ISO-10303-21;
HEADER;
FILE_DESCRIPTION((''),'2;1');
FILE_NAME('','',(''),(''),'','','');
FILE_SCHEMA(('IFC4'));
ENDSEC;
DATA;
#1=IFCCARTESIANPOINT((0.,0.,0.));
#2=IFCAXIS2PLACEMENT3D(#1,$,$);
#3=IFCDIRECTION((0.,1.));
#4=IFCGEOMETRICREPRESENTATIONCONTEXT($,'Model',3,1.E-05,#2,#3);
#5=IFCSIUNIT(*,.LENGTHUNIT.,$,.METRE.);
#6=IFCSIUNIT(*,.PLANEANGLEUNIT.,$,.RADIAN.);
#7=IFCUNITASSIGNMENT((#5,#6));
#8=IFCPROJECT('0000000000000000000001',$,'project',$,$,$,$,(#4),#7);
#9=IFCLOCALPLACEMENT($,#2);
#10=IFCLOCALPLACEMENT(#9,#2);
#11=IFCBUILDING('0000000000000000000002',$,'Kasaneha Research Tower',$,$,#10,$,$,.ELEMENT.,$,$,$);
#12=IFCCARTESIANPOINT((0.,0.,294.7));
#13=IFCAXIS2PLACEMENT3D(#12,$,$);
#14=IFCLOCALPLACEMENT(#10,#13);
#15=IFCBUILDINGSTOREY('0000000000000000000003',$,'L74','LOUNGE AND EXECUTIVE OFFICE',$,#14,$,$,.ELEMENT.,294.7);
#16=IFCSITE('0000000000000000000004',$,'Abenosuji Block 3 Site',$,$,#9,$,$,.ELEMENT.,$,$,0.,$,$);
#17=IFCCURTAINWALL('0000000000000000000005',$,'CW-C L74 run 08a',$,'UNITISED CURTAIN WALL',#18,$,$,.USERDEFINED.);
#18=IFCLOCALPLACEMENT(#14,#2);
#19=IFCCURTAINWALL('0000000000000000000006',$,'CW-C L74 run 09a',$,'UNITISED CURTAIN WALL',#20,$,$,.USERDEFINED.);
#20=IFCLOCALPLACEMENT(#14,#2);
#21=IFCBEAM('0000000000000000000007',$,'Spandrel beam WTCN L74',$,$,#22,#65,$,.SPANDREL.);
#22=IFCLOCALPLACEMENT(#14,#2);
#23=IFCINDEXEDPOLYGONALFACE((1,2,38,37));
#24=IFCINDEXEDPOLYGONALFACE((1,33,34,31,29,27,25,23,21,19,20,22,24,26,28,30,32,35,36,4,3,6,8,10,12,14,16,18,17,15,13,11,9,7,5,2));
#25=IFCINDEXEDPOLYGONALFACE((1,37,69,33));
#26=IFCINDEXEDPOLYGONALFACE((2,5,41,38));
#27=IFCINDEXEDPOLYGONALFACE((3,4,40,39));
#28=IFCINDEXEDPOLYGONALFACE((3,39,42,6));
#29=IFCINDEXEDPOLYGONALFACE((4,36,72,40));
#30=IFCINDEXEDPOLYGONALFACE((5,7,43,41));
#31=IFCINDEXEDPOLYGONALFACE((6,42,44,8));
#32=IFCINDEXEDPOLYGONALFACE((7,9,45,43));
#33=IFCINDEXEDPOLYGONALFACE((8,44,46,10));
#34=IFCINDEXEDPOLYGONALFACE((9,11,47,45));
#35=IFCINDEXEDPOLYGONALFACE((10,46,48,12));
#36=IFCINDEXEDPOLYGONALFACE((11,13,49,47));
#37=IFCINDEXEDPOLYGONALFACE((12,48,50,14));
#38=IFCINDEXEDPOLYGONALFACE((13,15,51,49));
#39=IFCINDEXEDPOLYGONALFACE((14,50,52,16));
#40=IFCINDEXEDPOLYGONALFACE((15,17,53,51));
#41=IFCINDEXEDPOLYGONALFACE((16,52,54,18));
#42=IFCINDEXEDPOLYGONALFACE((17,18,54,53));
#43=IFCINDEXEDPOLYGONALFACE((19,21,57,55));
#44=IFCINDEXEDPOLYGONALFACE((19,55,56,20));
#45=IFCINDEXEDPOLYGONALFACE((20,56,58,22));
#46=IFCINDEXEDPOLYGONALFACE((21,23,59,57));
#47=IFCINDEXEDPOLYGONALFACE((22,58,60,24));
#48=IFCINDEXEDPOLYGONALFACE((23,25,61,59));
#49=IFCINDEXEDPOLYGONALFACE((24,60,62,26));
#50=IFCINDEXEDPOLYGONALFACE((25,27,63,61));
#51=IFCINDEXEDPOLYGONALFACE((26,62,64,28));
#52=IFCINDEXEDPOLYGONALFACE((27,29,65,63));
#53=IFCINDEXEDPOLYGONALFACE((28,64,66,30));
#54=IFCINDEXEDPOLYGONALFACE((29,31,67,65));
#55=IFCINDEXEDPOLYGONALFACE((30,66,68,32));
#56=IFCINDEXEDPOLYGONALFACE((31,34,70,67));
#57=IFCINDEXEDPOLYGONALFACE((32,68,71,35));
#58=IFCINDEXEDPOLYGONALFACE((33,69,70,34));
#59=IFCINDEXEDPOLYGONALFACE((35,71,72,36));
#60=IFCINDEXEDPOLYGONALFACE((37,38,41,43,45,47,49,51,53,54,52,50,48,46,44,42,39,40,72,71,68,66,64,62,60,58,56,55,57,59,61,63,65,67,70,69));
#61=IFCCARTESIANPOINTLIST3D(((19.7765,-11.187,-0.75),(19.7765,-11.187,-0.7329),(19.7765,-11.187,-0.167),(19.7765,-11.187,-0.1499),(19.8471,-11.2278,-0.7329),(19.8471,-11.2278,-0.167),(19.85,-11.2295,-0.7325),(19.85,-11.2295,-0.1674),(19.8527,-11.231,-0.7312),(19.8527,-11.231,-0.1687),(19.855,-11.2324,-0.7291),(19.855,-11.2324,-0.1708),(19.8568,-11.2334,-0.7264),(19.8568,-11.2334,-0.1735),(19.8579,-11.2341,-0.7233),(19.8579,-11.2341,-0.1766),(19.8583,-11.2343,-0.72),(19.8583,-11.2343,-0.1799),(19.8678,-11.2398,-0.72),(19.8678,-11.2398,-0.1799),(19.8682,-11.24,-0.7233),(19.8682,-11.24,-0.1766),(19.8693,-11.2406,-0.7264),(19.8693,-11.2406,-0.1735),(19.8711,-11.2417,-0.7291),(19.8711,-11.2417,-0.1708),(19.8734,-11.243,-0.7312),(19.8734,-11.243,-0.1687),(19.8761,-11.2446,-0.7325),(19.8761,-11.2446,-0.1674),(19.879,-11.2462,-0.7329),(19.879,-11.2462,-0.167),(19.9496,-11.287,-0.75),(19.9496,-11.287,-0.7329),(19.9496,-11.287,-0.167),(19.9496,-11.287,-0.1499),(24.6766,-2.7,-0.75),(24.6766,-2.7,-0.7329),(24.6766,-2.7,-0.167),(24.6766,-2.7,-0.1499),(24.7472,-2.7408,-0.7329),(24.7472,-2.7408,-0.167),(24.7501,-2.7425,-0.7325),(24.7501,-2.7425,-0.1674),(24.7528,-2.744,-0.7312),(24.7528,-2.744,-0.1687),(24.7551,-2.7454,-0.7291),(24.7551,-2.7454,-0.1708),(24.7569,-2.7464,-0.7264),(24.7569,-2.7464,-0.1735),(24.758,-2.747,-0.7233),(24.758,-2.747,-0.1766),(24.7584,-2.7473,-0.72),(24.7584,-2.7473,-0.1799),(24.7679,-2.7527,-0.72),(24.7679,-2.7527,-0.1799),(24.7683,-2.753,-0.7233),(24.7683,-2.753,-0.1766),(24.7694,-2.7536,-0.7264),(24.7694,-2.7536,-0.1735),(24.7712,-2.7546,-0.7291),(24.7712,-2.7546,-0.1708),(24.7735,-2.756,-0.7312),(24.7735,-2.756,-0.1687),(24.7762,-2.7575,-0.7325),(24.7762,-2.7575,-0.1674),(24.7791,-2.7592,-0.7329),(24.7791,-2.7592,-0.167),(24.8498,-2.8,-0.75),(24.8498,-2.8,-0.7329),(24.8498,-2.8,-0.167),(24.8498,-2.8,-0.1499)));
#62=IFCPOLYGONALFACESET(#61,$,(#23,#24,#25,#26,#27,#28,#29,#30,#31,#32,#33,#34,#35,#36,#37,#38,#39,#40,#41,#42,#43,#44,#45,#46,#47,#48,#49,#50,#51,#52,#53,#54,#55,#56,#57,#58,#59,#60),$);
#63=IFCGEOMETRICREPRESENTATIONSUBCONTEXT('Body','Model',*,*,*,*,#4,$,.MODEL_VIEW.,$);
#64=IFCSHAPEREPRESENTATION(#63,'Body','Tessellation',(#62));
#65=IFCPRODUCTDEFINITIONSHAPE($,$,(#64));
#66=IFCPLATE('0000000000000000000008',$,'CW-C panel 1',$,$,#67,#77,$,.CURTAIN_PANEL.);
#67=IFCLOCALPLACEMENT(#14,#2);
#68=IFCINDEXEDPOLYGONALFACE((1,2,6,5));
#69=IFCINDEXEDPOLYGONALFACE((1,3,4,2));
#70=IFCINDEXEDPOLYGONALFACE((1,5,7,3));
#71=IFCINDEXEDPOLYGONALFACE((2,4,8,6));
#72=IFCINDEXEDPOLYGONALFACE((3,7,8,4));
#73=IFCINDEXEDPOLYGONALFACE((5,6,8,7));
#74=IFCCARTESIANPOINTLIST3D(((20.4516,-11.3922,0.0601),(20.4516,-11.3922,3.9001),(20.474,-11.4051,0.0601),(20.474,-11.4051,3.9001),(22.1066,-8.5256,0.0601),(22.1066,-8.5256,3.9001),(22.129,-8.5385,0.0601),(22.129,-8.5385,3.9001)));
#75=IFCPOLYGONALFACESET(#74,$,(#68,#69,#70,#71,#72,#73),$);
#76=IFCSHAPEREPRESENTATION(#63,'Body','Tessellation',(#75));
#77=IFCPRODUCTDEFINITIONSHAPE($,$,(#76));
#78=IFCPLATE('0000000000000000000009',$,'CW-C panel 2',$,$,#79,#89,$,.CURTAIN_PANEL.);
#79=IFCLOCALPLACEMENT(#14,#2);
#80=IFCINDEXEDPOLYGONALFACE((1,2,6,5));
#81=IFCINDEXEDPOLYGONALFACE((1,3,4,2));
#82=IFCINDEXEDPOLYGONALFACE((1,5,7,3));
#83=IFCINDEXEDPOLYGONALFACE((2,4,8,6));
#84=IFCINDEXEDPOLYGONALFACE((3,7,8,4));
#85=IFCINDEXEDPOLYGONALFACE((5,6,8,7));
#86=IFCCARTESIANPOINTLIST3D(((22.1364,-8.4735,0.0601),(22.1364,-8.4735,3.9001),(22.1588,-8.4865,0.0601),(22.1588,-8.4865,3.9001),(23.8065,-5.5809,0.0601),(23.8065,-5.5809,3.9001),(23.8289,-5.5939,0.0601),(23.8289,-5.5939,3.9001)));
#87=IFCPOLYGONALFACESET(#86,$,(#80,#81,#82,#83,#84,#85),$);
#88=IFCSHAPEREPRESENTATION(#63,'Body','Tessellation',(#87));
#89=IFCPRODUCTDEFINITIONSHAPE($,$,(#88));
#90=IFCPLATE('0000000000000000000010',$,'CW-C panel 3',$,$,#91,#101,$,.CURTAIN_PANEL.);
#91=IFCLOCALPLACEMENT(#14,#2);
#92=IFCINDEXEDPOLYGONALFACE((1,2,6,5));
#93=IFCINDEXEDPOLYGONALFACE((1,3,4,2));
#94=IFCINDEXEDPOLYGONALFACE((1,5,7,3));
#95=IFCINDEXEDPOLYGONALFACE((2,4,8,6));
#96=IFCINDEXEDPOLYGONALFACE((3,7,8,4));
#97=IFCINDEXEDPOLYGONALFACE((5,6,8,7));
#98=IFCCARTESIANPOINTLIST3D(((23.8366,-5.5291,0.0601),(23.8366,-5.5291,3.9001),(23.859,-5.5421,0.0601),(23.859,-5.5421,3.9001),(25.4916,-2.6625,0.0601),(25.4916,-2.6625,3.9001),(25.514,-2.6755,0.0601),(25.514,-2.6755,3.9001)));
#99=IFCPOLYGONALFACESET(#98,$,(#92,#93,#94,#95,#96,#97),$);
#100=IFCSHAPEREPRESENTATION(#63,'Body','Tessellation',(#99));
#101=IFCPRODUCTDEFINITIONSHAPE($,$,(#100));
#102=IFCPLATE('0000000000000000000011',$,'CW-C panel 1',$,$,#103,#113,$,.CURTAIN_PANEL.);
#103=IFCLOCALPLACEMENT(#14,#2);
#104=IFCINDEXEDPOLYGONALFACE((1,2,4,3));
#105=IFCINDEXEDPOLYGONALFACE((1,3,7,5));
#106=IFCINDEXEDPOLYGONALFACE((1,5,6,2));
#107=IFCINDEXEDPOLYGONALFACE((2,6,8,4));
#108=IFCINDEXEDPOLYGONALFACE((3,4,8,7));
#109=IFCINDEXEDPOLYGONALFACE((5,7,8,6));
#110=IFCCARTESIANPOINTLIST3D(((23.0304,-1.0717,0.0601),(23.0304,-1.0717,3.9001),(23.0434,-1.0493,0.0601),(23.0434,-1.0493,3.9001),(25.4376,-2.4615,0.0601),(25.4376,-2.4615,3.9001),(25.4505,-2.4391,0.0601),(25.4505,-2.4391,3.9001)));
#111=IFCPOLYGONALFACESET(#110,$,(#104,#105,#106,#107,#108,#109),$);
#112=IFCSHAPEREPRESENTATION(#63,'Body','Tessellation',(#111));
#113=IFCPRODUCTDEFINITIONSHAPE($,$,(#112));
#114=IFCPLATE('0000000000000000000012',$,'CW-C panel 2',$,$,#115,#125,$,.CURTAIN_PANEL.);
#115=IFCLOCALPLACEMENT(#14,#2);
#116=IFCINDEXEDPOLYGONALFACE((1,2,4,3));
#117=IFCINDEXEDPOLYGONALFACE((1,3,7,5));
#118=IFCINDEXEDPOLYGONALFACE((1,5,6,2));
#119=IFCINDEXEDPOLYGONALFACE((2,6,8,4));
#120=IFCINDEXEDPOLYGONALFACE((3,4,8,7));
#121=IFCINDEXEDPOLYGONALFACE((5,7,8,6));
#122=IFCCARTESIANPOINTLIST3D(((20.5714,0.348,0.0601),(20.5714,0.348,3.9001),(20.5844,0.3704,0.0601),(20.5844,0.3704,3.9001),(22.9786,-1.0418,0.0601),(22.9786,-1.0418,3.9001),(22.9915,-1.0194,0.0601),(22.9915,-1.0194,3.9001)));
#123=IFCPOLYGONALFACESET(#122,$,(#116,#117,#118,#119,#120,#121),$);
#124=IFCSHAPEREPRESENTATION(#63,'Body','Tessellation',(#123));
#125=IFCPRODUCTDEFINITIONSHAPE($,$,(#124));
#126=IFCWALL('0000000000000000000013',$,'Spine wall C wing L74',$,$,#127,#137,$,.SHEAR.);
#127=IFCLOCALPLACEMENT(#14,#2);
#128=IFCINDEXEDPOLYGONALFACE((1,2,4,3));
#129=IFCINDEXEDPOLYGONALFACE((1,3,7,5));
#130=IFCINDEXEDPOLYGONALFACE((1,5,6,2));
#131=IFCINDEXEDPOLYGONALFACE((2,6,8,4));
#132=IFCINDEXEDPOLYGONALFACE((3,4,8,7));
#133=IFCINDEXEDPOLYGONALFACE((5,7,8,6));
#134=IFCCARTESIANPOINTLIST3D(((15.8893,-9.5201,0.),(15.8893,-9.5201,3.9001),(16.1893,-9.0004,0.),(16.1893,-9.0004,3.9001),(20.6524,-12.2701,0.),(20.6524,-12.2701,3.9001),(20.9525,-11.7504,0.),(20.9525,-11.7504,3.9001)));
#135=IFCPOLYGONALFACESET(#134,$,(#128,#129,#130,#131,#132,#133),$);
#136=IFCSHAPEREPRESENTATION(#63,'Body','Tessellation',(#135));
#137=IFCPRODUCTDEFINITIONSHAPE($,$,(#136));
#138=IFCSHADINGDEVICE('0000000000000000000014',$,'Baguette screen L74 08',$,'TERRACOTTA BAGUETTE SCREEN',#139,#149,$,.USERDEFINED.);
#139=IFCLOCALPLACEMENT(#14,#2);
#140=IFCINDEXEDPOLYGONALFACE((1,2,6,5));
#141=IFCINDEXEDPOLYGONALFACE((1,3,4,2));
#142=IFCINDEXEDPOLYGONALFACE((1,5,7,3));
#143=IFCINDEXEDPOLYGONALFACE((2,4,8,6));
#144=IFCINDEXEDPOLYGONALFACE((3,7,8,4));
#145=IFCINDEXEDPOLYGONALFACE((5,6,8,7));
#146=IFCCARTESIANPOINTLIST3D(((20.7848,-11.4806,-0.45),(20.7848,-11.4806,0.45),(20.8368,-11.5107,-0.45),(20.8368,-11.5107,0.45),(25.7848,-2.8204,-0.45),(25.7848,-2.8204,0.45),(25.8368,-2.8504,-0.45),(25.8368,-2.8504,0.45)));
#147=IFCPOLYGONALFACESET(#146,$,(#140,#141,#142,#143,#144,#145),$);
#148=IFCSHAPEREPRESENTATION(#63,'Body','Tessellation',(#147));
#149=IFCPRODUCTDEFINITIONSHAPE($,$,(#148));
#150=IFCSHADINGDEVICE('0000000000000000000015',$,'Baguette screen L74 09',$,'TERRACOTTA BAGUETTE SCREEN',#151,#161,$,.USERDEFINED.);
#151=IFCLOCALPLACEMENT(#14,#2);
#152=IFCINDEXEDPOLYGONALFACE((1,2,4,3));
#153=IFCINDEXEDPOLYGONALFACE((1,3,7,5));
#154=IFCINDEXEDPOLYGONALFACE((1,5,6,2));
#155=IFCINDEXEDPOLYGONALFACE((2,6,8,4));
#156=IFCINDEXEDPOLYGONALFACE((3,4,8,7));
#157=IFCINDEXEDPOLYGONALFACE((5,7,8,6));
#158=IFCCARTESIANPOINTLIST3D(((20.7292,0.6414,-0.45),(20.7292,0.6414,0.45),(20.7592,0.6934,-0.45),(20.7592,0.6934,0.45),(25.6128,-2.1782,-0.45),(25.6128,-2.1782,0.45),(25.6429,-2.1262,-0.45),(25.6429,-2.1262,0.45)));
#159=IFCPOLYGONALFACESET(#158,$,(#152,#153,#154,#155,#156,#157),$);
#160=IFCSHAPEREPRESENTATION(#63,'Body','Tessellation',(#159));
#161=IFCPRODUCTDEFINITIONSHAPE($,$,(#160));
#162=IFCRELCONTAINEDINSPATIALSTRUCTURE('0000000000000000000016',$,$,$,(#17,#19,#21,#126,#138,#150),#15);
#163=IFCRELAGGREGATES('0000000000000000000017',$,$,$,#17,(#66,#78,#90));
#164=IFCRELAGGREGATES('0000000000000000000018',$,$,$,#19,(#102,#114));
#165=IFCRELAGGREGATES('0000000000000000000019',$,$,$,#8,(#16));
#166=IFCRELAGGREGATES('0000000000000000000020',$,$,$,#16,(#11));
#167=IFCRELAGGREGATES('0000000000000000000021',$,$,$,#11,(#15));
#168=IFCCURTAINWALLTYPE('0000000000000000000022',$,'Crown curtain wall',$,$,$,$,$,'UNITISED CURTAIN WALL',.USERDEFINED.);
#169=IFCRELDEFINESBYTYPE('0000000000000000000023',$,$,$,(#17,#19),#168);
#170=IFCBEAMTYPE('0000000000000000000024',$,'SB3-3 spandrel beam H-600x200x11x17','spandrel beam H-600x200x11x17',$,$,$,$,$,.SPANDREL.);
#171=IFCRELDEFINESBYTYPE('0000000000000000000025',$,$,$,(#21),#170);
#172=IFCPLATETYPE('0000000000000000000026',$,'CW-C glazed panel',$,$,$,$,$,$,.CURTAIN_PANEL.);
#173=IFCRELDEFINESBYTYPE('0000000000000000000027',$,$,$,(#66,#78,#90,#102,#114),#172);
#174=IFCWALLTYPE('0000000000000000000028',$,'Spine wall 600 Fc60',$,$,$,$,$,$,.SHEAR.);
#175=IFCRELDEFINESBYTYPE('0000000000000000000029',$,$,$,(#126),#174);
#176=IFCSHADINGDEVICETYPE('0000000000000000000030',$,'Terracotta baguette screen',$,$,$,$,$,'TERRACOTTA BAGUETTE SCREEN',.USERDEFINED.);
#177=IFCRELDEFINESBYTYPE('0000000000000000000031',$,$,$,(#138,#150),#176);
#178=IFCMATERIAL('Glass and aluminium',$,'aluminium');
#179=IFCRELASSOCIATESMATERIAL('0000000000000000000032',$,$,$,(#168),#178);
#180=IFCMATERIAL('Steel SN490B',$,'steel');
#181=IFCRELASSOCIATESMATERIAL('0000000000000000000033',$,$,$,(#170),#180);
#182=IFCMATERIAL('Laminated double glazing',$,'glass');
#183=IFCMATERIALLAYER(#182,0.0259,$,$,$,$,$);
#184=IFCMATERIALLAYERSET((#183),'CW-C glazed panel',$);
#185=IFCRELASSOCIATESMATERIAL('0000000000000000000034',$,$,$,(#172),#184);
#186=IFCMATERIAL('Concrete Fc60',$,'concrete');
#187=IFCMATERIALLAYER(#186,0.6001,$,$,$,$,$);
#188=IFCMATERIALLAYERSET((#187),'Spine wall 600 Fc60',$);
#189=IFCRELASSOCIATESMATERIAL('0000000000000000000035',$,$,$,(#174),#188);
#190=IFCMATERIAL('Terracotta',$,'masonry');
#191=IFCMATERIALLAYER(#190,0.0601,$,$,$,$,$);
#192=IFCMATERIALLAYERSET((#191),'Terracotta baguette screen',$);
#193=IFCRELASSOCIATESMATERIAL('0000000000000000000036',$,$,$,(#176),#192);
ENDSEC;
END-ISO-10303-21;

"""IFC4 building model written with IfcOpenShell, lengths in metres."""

from ifc_helpers import new_model, si_unit, direction, frame, frame_2d, origin, origin_2d, place, context, subcontext, project, spatial, rectangle, i_section, extrude, material, layer, layer_set, material_profile, profile_set, type_object, element, aggregate, save


model = new_model("IFC4")

# Units and contexts
model_context = context("Model", 3, precision=1e-05, world=origin(), true_north=direction((0.0, 1.0)))
body_context = subcontext(model_context, "Body", "Model", "MODEL_VIEW")
ifc_project = project(units=[si_unit("LENGTHUNIT", "METRE"), si_unit("PLANEANGLEUNIT", "RADIAN")], contexts=[model_context])

# Site, building, storey
site_placement = place(None, origin())
site = spatial("IfcSite", under=ifc_project, at=site_placement, Name="Abenosuji Block 3 Site", CompositionType="ELEMENT", RefElevation=0.0)
building_placement = place(site_placement, origin())
building = spatial("IfcBuilding", under=site, at=building_placement, Name="Kasaneha Research Tower", CompositionType="ELEMENT")
storey_placement = place(building_placement, frame((0.0, 0.0, 294.7)))
storey = spatial("IfcBuildingStorey", under=building, at=storey_placement, Name="L74", Description="LOUNGE AND EXECUTIVE OFFICE", CompositionType="ELEMENT", Elevation=294.7)

# Curtain walls
ifc_material_1 = material(Name="Glass and aluminium", Category="aluminium")
curtain_wall_type = type_object("IfcCurtainWallType", Name="Crown curtain wall", ElementType="UNITISED CURTAIN WALL", PredefinedType="USERDEFINED", material=ifc_material_1)
curtain_wall_1_placement = place(storey_placement, origin())
curtain_wall_1 = element("IfcCurtainWall", 1, at=curtain_wall_1_placement, inside=storey, type_object=curtain_wall_type, Name="CW-C L74 run 08a", ObjectType="UNITISED CURTAIN WALL", PredefinedType="USERDEFINED")
curtain_wall_2_placement = place(storey_placement, origin())
curtain_wall_2 = element("IfcCurtainWall", 2, at=curtain_wall_2_placement, inside=storey, type_object=curtain_wall_type, Name="CW-C L74 run 09a", ObjectType="UNITISED CURTAIN WALL", PredefinedType="USERDEFINED")

# Beam
ifc_material_2 = material(Name="Steel SN490B", Category="steel")
ifc_material_profile_1 = material_profile(ifc_material_2, i_section(OverallWidth=0.2, OverallDepth=0.6001, WebThickness=0.011, FlangeThickness=0.0171, FilletRadius=0.0129, at=origin_2d()), Name="H-600x200x11x17")
ifc_profile_set_1 = profile_set([ifc_material_profile_1], Name="Steel SN490B")
beam_type_1 = type_object("IfcBeamType", Name="SB3-3 spandrel beam H-600x200x11x17", Description="spandrel beam H-600x200x11x17", PredefinedType="SPANDREL", material=ifc_profile_set_1)
beam_1_placement = place(storey_placement, frame((24.7632, -2.75, -0.45), z_axis=(-0.500011, -0.866019, 0.0), x_axis=(0.866019, -0.500011, 0.0)))
element("IfcBeam", 3, at=beam_1_placement, inside=storey, type_object=beam_type_1, Name="Spandrel beam WTCN L74", PredefinedType="SPANDREL", context=body_context, shape_type="SweptSolid", body=[
    extrude(i_section(OverallWidth=0.2, OverallDepth=0.6001, WebThickness=0.011, FlangeThickness=0.0171, FilletRadius=0.0129, at=origin_2d()), origin(), (0.0, 0.0, 1.0), 9.8),
])

# Plates
ifc_material_3 = material(Name="Laminated double glazing", Category="glass")
ifc_layer_1 = layer(ifc_material_3, 0.0259)
ifc_layer_set_1 = layer_set([ifc_layer_1], Name="CW-C glazed panel")
plate_type = type_object("IfcPlateType", Name="CW-C glazed panel", PredefinedType="CURTAIN_PANEL", material=ifc_layer_set_1)
plate_1_placement = place(storey_placement, frame((21.2903, -9.9653, 0.0601), z_axis=(0.0, 0.0, 1.0), x_axis=(0.5, 0.866025, 0.0)))
plate_1 = element("IfcPlate", 4, at=plate_1_placement, type_object=plate_type, Name="CW-C panel 1", PredefinedType="CURTAIN_PANEL", context=body_context, shape_type="SweptSolid", body=[
    extrude(rectangle(XDim=3.3101, YDim=0.0259, at=origin_2d()), origin(), (0.0, 0.0, 1.0), 3.8401),
])
plate_2_placement = place(storey_placement, frame((22.9827, -7.0337, 0.0601), z_axis=(0.0, 0.0, 1.0), x_axis=(0.5, 0.866025, 0.0)))
plate_2 = element("IfcPlate", 5, at=plate_2_placement, type_object=plate_type, Name="CW-C panel 2", PredefinedType="CURTAIN_PANEL", context=body_context, shape_type="SweptSolid", body=[
    extrude(rectangle(XDim=3.3401, YDim=0.0259, at=origin_2d()), origin(), (0.0, 0.0, 1.0), 3.8401),
])
plate_3_placement = place(storey_placement, frame((24.6753, -4.1023, 0.0601), z_axis=(0.0, 0.0, 1.0), x_axis=(0.5, 0.866025, 0.0)))
plate_3 = element("IfcPlate", 6, at=plate_3_placement, type_object=plate_type, Name="CW-C panel 3", PredefinedType="CURTAIN_PANEL", context=body_context, shape_type="SweptSolid", body=[
    extrude(rectangle(XDim=3.3101, YDim=0.0259, at=origin_2d()), origin(), (0.0, 0.0, 1.0), 3.8401),
])
aggregate(curtain_wall_1, [plate_1, plate_2, plate_3])
plate_4_placement = place(storey_placement, frame((24.2405, -1.7554, 0.0601), z_axis=(0.0, 0.0, 1.0), x_axis=(-0.866025, 0.5, 0.0)))
plate_4 = element("IfcPlate", 7, at=plate_4_placement, type_object=plate_type, Name="CW-C panel 1", PredefinedType="CURTAIN_PANEL", context=body_context, shape_type="SweptSolid", body=[
    extrude(rectangle(XDim=2.7795, YDim=0.0259, at=origin_2d()), origin(), (0.0, 0.0, 1.0), 3.8401),
])
plate_5_placement = place(storey_placement, frame((21.7815, -0.3357, 0.0601), z_axis=(0.0, 0.0, 1.0), x_axis=(-0.866025, 0.5, 0.0)))
plate_5 = element("IfcPlate", 8, at=plate_5_placement, type_object=plate_type, Name="CW-C panel 2", PredefinedType="CURTAIN_PANEL", context=body_context, shape_type="SweptSolid", body=[
    extrude(rectangle(XDim=2.7795, YDim=0.0259, at=origin_2d()), origin(), (0.0, 0.0, 1.0), 3.8401),
])
aggregate(curtain_wall_2, [plate_4, plate_5])

# Wall
ifc_material_4 = material(Name="Concrete Fc60", Category="concrete")
ifc_layer_2 = layer(ifc_material_4, 0.6001)
ifc_layer_set_2 = layer_set([ifc_layer_2], Name="Spine wall 600 Fc60")
wall_type = type_object("IfcWallType", Name="Spine wall 600 Fc60", PredefinedType="SHEAR", material=ifc_layer_set_2)
wall_placement = place(storey_placement, frame((16.0393, -9.2603, 0.0), z_axis=(0.0, 0.0, 1.0), x_axis=(0.866027, -0.499997, 0.0)))
element("IfcWall", 9, at=wall_placement, inside=storey, type_object=wall_type, Name="Spine wall C wing L74", PredefinedType="SHEAR", context=body_context, shape_type="SweptSolid", body=[
    extrude(rectangle(XDim=5.5, YDim=0.6001, at=frame_2d((2.75, 0.0))), origin(), (0.0, 0.0, 1.0), 3.9001),
])

# Shading devices
ifc_material_5 = material(Name="Terracotta", Category="masonry")
ifc_layer_3 = layer(ifc_material_5, 0.0601)
ifc_layer_set_3 = layer_set([ifc_layer_3], Name="Terracotta baguette screen")
shading_device_type = type_object("IfcShadingDeviceType", Name="Terracotta baguette screen", ElementType="TERRACOTTA BAGUETTE SCREEN", PredefinedType="USERDEFINED", material=ifc_layer_set_3)
shading_device_1_placement = place(storey_placement, frame((23.3108, -7.1655, -0.45), z_axis=(0.0, 0.0, 1.0), x_axis=(0.5, 0.866025, 0.0)))
element("IfcShadingDevice", 10, at=shading_device_1_placement, inside=storey, type_object=shading_device_type, Name="Baguette screen L74 08", ObjectType="TERRACOTTA BAGUETTE SCREEN", PredefinedType="USERDEFINED", context=body_context, shape_type="SweptSolid", body=[
    extrude(rectangle(XDim=10.0, YDim=0.0601, at=origin_2d()), origin(), (0.0, 0.0, 1.0), 0.8999),
])
shading_device_2_placement = place(storey_placement, frame((23.186, -0.7424, -0.45), z_axis=(0.0, 0.0, 1.0), x_axis=(-0.866025, 0.5, 0.0)))
element("IfcShadingDevice", 11, at=shading_device_2_placement, inside=storey, type_object=shading_device_type, Name="Baguette screen L74 09", ObjectType="TERRACOTTA BAGUETTE SCREEN", PredefinedType="USERDEFINED", context=body_context, shape_type="SweptSolid", body=[
    extrude(rectangle(XDim=5.6392, YDim=0.0601, at=origin_2d()), origin(), (0.0, 0.0, 1.0), 0.8999),
])

save(model, "model.ifc")
